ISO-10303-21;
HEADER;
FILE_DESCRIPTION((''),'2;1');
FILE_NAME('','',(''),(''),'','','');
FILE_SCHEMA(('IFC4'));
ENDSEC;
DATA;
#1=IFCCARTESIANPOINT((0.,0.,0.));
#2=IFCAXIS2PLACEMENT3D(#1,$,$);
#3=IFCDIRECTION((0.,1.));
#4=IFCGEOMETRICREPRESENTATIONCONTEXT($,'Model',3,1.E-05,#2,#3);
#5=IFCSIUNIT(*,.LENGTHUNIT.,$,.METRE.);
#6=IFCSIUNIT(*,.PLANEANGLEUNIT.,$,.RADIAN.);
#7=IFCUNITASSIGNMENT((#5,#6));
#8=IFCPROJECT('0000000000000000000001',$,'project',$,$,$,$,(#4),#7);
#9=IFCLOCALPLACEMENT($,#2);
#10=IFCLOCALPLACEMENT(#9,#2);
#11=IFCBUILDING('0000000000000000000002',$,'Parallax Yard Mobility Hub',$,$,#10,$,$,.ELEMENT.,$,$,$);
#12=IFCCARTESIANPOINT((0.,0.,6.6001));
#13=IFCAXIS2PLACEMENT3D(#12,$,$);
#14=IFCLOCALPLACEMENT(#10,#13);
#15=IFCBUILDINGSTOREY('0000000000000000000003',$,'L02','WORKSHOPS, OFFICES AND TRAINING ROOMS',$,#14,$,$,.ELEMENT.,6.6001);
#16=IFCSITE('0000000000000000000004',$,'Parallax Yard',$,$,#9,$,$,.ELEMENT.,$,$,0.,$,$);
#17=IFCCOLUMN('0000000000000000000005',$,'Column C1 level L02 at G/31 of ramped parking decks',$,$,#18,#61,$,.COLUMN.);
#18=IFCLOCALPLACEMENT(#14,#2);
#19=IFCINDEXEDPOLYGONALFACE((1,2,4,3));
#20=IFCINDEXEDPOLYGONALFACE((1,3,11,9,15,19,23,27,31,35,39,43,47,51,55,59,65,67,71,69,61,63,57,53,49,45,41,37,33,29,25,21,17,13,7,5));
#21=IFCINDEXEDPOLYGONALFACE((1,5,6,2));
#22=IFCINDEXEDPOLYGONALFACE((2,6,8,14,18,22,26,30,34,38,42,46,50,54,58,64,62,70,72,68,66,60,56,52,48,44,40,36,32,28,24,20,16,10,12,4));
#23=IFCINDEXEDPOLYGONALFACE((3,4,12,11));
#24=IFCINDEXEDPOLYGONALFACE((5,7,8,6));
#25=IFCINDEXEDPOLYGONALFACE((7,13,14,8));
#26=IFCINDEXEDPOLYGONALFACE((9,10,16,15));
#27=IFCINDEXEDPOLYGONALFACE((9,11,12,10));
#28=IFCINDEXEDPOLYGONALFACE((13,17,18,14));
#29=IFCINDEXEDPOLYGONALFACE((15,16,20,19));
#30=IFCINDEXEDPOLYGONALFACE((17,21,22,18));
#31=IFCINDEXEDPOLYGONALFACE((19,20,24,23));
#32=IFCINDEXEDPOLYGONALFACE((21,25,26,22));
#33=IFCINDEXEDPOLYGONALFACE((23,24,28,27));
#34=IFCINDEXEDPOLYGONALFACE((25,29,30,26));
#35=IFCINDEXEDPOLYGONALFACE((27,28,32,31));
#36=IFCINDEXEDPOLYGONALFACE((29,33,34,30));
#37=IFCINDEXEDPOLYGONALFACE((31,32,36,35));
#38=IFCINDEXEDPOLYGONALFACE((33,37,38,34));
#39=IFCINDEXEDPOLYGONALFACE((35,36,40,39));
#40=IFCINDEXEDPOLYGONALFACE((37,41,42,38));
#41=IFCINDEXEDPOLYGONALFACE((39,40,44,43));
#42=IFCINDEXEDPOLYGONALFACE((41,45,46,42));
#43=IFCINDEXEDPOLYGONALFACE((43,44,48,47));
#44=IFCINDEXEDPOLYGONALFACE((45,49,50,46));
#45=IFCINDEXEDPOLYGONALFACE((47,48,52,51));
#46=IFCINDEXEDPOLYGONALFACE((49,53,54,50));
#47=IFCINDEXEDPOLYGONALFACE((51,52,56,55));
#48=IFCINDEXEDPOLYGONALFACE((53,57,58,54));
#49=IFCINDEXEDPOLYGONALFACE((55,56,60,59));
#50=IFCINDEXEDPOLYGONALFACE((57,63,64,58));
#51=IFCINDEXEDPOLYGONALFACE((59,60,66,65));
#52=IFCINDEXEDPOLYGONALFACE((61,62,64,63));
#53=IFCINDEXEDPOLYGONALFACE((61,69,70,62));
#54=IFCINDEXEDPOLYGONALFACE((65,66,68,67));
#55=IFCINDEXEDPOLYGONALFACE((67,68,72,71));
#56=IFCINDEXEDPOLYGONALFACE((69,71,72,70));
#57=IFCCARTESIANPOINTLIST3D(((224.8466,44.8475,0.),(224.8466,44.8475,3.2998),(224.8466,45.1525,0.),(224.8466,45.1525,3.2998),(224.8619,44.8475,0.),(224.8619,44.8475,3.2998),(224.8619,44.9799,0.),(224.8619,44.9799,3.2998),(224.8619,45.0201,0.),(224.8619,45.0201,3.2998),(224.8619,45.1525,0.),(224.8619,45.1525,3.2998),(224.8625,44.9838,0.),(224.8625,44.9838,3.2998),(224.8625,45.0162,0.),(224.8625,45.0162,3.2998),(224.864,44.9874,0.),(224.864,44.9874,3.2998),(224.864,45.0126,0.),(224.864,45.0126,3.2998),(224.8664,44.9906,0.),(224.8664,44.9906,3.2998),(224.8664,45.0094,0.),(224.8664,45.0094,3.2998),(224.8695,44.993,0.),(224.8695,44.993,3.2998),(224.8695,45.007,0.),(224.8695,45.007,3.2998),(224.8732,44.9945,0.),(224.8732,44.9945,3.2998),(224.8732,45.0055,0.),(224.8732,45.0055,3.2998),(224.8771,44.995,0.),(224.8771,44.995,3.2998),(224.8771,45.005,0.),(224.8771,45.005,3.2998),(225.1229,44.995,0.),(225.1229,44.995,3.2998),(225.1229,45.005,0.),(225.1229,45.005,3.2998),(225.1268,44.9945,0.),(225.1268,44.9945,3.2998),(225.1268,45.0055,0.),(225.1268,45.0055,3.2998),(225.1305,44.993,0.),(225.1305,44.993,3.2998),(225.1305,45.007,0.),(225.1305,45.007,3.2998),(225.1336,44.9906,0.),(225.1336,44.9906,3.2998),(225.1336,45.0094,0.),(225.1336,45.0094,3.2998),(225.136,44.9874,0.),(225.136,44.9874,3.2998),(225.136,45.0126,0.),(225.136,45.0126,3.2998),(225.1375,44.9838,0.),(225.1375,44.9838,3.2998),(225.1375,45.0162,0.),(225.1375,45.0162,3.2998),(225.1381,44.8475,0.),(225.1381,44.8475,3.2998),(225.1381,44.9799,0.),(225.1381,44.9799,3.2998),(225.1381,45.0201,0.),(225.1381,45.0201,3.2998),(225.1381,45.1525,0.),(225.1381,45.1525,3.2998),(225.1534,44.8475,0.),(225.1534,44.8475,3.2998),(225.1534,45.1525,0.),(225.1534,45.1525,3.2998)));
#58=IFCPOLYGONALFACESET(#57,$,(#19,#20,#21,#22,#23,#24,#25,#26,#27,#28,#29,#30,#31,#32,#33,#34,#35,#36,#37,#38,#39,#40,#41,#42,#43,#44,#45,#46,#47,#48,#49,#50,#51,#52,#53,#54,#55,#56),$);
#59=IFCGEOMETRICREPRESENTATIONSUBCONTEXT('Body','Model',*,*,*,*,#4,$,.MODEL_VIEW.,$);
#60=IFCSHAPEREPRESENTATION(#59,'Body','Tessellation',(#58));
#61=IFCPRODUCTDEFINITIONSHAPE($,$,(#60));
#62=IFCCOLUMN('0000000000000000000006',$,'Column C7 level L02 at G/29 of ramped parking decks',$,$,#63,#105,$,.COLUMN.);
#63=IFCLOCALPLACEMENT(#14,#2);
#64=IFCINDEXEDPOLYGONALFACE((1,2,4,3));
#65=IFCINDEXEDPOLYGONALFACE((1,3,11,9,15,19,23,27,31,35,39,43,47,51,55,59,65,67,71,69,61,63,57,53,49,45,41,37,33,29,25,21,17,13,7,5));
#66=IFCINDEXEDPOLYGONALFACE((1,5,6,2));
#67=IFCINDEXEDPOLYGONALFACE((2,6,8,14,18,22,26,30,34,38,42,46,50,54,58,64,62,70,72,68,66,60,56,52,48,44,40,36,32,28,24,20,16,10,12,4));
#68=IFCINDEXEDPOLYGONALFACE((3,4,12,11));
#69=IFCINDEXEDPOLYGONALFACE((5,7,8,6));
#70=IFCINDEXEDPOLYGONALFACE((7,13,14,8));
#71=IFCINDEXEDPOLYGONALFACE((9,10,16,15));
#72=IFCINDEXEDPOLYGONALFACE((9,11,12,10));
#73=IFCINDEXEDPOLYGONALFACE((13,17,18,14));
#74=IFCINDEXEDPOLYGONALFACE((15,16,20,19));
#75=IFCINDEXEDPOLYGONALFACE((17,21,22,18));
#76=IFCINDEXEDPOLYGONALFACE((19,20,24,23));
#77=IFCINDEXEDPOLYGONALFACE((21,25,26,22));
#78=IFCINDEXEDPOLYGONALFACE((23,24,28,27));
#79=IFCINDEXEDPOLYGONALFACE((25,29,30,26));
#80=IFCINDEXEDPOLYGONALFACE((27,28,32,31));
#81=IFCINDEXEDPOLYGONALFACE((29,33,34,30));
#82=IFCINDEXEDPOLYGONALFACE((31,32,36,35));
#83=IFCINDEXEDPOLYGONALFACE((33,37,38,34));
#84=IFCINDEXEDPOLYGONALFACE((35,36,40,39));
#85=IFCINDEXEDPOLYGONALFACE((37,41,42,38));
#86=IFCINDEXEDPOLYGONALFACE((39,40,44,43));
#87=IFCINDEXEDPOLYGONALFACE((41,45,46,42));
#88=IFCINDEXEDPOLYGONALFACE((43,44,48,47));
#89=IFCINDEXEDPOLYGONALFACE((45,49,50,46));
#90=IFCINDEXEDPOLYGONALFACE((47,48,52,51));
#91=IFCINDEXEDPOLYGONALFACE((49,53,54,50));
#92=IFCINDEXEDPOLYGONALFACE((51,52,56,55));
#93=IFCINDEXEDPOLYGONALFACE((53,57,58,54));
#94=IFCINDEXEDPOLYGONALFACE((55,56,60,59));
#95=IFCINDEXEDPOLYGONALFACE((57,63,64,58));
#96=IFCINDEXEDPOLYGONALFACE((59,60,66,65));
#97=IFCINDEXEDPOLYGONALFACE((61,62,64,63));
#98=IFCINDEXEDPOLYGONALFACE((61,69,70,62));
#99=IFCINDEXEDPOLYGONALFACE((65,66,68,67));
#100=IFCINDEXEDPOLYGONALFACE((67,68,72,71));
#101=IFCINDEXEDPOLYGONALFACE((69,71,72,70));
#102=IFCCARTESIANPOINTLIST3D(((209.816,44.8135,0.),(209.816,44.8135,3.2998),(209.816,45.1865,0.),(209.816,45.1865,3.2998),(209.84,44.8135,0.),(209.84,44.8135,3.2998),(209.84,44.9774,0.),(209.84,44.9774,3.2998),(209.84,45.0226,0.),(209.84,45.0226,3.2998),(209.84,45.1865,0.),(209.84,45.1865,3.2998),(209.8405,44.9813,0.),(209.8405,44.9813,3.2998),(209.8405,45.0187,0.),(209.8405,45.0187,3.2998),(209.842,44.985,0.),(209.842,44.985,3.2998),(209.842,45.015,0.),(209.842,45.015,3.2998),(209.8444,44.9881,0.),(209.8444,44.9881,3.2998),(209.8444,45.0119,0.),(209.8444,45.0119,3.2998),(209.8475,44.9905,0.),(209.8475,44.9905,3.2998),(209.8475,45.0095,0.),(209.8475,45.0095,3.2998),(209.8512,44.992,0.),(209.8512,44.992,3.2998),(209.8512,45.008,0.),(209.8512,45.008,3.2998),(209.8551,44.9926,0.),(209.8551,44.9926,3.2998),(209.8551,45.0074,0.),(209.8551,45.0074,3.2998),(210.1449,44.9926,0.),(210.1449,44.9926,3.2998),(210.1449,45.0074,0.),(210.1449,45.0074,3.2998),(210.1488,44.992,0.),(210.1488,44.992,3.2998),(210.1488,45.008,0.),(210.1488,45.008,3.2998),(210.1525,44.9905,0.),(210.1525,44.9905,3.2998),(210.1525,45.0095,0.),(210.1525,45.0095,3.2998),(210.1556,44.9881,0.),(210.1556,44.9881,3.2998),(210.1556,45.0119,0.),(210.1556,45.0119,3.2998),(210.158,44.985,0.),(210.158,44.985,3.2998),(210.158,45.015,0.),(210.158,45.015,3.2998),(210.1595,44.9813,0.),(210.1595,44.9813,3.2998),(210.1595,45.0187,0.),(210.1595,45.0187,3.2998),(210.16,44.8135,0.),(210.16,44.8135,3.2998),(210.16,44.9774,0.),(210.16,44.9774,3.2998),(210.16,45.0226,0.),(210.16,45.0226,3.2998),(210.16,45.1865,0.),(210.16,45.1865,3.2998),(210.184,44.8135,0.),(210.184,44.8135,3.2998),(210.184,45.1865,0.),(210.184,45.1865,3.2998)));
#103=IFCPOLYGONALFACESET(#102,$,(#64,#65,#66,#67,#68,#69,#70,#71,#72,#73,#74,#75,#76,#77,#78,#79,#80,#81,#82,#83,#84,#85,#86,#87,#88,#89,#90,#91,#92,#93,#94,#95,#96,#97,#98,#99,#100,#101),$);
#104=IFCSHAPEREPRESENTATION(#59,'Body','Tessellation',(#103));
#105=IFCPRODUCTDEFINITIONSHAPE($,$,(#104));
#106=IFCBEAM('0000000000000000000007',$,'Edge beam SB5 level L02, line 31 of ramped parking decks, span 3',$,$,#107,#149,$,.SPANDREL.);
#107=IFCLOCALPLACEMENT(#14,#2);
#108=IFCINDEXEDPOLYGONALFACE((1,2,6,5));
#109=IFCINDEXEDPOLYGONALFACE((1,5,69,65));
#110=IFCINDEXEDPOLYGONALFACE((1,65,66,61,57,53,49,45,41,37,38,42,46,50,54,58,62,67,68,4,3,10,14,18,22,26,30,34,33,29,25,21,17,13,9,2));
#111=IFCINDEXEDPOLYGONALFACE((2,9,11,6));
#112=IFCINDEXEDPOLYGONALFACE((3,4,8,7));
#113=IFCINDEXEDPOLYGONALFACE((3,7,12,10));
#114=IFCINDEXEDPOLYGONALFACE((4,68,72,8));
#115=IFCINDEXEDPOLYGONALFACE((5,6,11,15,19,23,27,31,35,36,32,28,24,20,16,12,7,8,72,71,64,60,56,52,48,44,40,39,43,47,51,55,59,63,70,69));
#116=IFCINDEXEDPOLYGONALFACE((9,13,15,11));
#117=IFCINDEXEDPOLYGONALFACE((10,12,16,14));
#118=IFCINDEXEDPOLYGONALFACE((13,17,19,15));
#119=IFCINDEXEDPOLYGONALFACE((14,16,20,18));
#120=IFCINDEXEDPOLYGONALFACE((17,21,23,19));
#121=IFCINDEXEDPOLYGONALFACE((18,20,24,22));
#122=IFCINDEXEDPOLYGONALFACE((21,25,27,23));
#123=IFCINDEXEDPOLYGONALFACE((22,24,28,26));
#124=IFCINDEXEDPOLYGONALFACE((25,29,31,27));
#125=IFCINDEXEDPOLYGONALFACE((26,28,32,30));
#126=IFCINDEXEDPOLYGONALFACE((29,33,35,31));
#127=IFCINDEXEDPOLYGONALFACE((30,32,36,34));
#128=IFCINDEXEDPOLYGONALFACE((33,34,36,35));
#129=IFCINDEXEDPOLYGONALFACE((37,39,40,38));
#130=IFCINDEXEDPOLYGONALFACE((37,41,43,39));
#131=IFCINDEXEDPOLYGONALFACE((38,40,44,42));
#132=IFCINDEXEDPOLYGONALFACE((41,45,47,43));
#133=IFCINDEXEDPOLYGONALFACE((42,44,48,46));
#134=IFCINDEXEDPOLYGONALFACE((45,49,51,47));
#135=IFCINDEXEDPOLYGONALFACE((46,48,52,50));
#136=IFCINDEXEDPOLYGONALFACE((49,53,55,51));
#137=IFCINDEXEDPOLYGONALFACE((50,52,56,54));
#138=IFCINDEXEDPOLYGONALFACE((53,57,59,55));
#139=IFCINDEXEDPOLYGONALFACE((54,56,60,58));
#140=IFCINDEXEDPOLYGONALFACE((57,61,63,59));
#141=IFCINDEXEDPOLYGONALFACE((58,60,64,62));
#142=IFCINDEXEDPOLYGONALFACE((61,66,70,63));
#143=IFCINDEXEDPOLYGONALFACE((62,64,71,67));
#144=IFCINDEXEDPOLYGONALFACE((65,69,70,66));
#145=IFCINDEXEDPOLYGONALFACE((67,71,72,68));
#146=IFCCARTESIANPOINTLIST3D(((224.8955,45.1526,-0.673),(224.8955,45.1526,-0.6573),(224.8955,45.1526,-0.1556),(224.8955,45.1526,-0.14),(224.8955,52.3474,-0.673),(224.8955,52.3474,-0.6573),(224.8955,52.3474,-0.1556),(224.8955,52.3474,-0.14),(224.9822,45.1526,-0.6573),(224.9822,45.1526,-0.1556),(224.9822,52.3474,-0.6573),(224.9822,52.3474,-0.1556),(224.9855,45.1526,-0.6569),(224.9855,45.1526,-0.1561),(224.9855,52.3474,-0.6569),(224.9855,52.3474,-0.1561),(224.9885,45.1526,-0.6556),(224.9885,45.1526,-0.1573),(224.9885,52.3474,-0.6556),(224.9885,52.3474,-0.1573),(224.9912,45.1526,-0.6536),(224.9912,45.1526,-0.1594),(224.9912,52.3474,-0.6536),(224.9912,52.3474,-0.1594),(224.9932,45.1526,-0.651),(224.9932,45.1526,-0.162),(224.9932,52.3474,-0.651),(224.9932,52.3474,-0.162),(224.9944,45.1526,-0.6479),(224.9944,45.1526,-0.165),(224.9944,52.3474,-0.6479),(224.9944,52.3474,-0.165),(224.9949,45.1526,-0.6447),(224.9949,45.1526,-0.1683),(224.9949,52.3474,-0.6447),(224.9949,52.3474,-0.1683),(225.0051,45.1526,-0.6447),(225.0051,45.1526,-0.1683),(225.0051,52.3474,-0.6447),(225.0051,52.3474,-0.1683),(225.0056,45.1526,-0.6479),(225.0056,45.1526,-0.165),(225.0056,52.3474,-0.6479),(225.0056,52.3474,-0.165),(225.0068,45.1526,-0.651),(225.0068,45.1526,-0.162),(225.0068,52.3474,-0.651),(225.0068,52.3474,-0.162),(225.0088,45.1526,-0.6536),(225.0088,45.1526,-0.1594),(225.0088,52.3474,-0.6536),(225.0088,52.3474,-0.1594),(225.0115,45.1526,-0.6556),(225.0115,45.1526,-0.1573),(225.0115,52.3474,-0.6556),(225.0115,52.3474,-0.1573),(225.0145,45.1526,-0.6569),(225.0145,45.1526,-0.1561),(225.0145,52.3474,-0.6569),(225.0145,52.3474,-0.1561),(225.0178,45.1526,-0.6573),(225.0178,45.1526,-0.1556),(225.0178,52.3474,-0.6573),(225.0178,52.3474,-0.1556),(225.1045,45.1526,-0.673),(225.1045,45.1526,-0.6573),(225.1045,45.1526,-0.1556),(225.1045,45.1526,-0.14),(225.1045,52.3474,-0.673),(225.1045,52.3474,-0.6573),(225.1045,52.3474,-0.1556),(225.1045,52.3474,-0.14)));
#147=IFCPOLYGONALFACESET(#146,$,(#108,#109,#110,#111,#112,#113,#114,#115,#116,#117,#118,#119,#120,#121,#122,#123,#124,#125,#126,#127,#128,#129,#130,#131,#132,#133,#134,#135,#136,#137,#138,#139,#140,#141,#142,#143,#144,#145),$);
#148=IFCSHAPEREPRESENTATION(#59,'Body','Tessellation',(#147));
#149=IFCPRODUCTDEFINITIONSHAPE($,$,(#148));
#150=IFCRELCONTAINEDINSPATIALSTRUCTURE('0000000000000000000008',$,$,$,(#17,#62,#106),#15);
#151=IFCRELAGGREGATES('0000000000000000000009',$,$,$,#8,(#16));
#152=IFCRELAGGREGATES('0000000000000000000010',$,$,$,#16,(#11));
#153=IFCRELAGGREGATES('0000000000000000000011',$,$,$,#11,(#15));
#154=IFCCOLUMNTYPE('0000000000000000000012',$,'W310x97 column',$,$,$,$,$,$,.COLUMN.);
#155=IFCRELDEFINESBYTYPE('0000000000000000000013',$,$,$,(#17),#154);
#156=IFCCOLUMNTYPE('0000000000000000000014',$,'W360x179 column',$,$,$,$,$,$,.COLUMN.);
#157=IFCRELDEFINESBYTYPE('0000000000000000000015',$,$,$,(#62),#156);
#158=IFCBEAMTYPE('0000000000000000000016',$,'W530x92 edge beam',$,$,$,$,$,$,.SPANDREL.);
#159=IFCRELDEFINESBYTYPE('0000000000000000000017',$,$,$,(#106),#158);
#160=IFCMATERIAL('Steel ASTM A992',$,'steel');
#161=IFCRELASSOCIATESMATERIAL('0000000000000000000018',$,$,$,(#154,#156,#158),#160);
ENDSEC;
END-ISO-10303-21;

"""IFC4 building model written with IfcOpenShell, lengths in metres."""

from ifc_helpers import new_model, si_unit, direction, frame, origin, origin_2d, place, context, subcontext, project, spatial, i_section, extrude, material, material_profile, profile_set, type_object, element, save


model = new_model("IFC4")

# Units and contexts
model_context = context("Model", 3, precision=1e-05, world=origin(), true_north=direction((0.0, 1.0)))
body_context = subcontext(model_context, "Body", "Model", "MODEL_VIEW")
ifc_project = project(units=[si_unit("LENGTHUNIT", "METRE"), si_unit("PLANEANGLEUNIT", "RADIAN")], contexts=[model_context])

# Site, building, storey
site_placement = place(None, origin())
site = spatial("IfcSite", under=ifc_project, at=site_placement, Name="Parallax Yard", CompositionType="ELEMENT", RefElevation=0.0)
building_placement = place(site_placement, origin())
building = spatial("IfcBuilding", under=site, at=building_placement, Name="Parallax Yard Mobility Hub", CompositionType="ELEMENT")
storey_placement = place(building_placement, frame((0.0, 0.0, 6.6001)))
storey = spatial("IfcBuildingStorey", under=building, at=storey_placement, Name="L02", Description="WORKSHOPS, OFFICES AND TRAINING ROOMS", CompositionType="ELEMENT", Elevation=6.6001)

# Columns
ifc_material_1 = material(Name="Steel ASTM A992", Category="steel")
ifc_material_profile_1 = material_profile(ifc_material_1, i_section(OverallWidth=0.3049, OverallDepth=0.3069, WebThickness=0.01, FlangeThickness=0.0154, FilletRadius=0.0151, at=origin_2d()), Name="W310x97")
ifc_profile_set_1 = profile_set([ifc_material_profile_1], Name="Steel ASTM A992")
column_type_1 = type_object("IfcColumnType", Name="W310x97 column", PredefinedType="COLUMN", material=ifc_profile_set_1)
column_1_placement = place(storey_placement, frame((225.0, 45.0, 0.0), z_axis=(0.0, 0.0, 1.0), x_axis=(0.0, 1.0, 0.0)))
element("IfcColumn", 1, at=column_1_placement, inside=storey, type_object=column_type_1, Name="Column C1 level L02 at G/31 of ramped parking decks", PredefinedType="COLUMN", context=body_context, shape_type="SweptSolid", body=[
    extrude(i_section(OverallWidth=0.3049, OverallDepth=0.3069, WebThickness=0.01, FlangeThickness=0.0154, FilletRadius=0.0151, at=origin_2d()), origin(), (0.0, 0.0, 1.0), 3.2998),
])
ifc_material_profile_2 = material_profile(ifc_material_1, i_section(OverallWidth=0.373, OverallDepth=0.3679, WebThickness=0.0149, FlangeThickness=0.0239, FilletRadius=0.0151, at=origin_2d()), Name="W360x179")
ifc_profile_set_2 = profile_set([ifc_material_profile_2], Name="Steel ASTM A992")
column_type_2 = type_object("IfcColumnType", Name="W360x179 column", PredefinedType="COLUMN", material=ifc_profile_set_2)
column_2_placement = place(storey_placement, frame((210.0, 45.0, 0.0), z_axis=(0.0, 0.0, 1.0), x_axis=(0.0, 1.0, 0.0)))
element("IfcColumn", 2, at=column_2_placement, inside=storey, type_object=column_type_2, Name="Column C7 level L02 at G/29 of ramped parking decks", PredefinedType="COLUMN", context=body_context, shape_type="SweptSolid", body=[
    extrude(i_section(OverallWidth=0.373, OverallDepth=0.3679, WebThickness=0.0149, FlangeThickness=0.0239, FilletRadius=0.0151, at=origin_2d()), origin(), (0.0, 0.0, 1.0), 3.2998),
])

# Beam
ifc_material_profile_3 = material_profile(ifc_material_1, i_section(OverallWidth=0.209, OverallDepth=0.533, WebThickness=0.0103, FlangeThickness=0.0156, FilletRadius=0.0127, at=origin_2d()), Name="W530x92")
ifc_profile_set_3 = profile_set([ifc_material_profile_3], Name="Steel ASTM A992")
beam_type_1 = type_object("IfcBeamType", Name="W530x92 edge beam", PredefinedType="SPANDREL", material=ifc_profile_set_3)
beam_1_placement = place(storey_placement, frame((225.0, 45.1526, -0.4065), z_axis=(0.0, 1.0, 0.0), x_axis=(-1.0, 0.0, 0.0)))
element("IfcBeam", 3, at=beam_1_placement, inside=storey, type_object=beam_type_1, Name="Edge beam SB5 level L02, line 31 of ramped parking decks, span 3", PredefinedType="SPANDREL", context=body_context, shape_type="SweptSolid", body=[
    extrude(i_section(OverallWidth=0.209, OverallDepth=0.533, WebThickness=0.0103, FlangeThickness=0.0156, FilletRadius=0.0127, at=origin_2d()), origin(), (0.0, 0.0, 1.0), 7.1948),
])

save(model, "model.ifc")
